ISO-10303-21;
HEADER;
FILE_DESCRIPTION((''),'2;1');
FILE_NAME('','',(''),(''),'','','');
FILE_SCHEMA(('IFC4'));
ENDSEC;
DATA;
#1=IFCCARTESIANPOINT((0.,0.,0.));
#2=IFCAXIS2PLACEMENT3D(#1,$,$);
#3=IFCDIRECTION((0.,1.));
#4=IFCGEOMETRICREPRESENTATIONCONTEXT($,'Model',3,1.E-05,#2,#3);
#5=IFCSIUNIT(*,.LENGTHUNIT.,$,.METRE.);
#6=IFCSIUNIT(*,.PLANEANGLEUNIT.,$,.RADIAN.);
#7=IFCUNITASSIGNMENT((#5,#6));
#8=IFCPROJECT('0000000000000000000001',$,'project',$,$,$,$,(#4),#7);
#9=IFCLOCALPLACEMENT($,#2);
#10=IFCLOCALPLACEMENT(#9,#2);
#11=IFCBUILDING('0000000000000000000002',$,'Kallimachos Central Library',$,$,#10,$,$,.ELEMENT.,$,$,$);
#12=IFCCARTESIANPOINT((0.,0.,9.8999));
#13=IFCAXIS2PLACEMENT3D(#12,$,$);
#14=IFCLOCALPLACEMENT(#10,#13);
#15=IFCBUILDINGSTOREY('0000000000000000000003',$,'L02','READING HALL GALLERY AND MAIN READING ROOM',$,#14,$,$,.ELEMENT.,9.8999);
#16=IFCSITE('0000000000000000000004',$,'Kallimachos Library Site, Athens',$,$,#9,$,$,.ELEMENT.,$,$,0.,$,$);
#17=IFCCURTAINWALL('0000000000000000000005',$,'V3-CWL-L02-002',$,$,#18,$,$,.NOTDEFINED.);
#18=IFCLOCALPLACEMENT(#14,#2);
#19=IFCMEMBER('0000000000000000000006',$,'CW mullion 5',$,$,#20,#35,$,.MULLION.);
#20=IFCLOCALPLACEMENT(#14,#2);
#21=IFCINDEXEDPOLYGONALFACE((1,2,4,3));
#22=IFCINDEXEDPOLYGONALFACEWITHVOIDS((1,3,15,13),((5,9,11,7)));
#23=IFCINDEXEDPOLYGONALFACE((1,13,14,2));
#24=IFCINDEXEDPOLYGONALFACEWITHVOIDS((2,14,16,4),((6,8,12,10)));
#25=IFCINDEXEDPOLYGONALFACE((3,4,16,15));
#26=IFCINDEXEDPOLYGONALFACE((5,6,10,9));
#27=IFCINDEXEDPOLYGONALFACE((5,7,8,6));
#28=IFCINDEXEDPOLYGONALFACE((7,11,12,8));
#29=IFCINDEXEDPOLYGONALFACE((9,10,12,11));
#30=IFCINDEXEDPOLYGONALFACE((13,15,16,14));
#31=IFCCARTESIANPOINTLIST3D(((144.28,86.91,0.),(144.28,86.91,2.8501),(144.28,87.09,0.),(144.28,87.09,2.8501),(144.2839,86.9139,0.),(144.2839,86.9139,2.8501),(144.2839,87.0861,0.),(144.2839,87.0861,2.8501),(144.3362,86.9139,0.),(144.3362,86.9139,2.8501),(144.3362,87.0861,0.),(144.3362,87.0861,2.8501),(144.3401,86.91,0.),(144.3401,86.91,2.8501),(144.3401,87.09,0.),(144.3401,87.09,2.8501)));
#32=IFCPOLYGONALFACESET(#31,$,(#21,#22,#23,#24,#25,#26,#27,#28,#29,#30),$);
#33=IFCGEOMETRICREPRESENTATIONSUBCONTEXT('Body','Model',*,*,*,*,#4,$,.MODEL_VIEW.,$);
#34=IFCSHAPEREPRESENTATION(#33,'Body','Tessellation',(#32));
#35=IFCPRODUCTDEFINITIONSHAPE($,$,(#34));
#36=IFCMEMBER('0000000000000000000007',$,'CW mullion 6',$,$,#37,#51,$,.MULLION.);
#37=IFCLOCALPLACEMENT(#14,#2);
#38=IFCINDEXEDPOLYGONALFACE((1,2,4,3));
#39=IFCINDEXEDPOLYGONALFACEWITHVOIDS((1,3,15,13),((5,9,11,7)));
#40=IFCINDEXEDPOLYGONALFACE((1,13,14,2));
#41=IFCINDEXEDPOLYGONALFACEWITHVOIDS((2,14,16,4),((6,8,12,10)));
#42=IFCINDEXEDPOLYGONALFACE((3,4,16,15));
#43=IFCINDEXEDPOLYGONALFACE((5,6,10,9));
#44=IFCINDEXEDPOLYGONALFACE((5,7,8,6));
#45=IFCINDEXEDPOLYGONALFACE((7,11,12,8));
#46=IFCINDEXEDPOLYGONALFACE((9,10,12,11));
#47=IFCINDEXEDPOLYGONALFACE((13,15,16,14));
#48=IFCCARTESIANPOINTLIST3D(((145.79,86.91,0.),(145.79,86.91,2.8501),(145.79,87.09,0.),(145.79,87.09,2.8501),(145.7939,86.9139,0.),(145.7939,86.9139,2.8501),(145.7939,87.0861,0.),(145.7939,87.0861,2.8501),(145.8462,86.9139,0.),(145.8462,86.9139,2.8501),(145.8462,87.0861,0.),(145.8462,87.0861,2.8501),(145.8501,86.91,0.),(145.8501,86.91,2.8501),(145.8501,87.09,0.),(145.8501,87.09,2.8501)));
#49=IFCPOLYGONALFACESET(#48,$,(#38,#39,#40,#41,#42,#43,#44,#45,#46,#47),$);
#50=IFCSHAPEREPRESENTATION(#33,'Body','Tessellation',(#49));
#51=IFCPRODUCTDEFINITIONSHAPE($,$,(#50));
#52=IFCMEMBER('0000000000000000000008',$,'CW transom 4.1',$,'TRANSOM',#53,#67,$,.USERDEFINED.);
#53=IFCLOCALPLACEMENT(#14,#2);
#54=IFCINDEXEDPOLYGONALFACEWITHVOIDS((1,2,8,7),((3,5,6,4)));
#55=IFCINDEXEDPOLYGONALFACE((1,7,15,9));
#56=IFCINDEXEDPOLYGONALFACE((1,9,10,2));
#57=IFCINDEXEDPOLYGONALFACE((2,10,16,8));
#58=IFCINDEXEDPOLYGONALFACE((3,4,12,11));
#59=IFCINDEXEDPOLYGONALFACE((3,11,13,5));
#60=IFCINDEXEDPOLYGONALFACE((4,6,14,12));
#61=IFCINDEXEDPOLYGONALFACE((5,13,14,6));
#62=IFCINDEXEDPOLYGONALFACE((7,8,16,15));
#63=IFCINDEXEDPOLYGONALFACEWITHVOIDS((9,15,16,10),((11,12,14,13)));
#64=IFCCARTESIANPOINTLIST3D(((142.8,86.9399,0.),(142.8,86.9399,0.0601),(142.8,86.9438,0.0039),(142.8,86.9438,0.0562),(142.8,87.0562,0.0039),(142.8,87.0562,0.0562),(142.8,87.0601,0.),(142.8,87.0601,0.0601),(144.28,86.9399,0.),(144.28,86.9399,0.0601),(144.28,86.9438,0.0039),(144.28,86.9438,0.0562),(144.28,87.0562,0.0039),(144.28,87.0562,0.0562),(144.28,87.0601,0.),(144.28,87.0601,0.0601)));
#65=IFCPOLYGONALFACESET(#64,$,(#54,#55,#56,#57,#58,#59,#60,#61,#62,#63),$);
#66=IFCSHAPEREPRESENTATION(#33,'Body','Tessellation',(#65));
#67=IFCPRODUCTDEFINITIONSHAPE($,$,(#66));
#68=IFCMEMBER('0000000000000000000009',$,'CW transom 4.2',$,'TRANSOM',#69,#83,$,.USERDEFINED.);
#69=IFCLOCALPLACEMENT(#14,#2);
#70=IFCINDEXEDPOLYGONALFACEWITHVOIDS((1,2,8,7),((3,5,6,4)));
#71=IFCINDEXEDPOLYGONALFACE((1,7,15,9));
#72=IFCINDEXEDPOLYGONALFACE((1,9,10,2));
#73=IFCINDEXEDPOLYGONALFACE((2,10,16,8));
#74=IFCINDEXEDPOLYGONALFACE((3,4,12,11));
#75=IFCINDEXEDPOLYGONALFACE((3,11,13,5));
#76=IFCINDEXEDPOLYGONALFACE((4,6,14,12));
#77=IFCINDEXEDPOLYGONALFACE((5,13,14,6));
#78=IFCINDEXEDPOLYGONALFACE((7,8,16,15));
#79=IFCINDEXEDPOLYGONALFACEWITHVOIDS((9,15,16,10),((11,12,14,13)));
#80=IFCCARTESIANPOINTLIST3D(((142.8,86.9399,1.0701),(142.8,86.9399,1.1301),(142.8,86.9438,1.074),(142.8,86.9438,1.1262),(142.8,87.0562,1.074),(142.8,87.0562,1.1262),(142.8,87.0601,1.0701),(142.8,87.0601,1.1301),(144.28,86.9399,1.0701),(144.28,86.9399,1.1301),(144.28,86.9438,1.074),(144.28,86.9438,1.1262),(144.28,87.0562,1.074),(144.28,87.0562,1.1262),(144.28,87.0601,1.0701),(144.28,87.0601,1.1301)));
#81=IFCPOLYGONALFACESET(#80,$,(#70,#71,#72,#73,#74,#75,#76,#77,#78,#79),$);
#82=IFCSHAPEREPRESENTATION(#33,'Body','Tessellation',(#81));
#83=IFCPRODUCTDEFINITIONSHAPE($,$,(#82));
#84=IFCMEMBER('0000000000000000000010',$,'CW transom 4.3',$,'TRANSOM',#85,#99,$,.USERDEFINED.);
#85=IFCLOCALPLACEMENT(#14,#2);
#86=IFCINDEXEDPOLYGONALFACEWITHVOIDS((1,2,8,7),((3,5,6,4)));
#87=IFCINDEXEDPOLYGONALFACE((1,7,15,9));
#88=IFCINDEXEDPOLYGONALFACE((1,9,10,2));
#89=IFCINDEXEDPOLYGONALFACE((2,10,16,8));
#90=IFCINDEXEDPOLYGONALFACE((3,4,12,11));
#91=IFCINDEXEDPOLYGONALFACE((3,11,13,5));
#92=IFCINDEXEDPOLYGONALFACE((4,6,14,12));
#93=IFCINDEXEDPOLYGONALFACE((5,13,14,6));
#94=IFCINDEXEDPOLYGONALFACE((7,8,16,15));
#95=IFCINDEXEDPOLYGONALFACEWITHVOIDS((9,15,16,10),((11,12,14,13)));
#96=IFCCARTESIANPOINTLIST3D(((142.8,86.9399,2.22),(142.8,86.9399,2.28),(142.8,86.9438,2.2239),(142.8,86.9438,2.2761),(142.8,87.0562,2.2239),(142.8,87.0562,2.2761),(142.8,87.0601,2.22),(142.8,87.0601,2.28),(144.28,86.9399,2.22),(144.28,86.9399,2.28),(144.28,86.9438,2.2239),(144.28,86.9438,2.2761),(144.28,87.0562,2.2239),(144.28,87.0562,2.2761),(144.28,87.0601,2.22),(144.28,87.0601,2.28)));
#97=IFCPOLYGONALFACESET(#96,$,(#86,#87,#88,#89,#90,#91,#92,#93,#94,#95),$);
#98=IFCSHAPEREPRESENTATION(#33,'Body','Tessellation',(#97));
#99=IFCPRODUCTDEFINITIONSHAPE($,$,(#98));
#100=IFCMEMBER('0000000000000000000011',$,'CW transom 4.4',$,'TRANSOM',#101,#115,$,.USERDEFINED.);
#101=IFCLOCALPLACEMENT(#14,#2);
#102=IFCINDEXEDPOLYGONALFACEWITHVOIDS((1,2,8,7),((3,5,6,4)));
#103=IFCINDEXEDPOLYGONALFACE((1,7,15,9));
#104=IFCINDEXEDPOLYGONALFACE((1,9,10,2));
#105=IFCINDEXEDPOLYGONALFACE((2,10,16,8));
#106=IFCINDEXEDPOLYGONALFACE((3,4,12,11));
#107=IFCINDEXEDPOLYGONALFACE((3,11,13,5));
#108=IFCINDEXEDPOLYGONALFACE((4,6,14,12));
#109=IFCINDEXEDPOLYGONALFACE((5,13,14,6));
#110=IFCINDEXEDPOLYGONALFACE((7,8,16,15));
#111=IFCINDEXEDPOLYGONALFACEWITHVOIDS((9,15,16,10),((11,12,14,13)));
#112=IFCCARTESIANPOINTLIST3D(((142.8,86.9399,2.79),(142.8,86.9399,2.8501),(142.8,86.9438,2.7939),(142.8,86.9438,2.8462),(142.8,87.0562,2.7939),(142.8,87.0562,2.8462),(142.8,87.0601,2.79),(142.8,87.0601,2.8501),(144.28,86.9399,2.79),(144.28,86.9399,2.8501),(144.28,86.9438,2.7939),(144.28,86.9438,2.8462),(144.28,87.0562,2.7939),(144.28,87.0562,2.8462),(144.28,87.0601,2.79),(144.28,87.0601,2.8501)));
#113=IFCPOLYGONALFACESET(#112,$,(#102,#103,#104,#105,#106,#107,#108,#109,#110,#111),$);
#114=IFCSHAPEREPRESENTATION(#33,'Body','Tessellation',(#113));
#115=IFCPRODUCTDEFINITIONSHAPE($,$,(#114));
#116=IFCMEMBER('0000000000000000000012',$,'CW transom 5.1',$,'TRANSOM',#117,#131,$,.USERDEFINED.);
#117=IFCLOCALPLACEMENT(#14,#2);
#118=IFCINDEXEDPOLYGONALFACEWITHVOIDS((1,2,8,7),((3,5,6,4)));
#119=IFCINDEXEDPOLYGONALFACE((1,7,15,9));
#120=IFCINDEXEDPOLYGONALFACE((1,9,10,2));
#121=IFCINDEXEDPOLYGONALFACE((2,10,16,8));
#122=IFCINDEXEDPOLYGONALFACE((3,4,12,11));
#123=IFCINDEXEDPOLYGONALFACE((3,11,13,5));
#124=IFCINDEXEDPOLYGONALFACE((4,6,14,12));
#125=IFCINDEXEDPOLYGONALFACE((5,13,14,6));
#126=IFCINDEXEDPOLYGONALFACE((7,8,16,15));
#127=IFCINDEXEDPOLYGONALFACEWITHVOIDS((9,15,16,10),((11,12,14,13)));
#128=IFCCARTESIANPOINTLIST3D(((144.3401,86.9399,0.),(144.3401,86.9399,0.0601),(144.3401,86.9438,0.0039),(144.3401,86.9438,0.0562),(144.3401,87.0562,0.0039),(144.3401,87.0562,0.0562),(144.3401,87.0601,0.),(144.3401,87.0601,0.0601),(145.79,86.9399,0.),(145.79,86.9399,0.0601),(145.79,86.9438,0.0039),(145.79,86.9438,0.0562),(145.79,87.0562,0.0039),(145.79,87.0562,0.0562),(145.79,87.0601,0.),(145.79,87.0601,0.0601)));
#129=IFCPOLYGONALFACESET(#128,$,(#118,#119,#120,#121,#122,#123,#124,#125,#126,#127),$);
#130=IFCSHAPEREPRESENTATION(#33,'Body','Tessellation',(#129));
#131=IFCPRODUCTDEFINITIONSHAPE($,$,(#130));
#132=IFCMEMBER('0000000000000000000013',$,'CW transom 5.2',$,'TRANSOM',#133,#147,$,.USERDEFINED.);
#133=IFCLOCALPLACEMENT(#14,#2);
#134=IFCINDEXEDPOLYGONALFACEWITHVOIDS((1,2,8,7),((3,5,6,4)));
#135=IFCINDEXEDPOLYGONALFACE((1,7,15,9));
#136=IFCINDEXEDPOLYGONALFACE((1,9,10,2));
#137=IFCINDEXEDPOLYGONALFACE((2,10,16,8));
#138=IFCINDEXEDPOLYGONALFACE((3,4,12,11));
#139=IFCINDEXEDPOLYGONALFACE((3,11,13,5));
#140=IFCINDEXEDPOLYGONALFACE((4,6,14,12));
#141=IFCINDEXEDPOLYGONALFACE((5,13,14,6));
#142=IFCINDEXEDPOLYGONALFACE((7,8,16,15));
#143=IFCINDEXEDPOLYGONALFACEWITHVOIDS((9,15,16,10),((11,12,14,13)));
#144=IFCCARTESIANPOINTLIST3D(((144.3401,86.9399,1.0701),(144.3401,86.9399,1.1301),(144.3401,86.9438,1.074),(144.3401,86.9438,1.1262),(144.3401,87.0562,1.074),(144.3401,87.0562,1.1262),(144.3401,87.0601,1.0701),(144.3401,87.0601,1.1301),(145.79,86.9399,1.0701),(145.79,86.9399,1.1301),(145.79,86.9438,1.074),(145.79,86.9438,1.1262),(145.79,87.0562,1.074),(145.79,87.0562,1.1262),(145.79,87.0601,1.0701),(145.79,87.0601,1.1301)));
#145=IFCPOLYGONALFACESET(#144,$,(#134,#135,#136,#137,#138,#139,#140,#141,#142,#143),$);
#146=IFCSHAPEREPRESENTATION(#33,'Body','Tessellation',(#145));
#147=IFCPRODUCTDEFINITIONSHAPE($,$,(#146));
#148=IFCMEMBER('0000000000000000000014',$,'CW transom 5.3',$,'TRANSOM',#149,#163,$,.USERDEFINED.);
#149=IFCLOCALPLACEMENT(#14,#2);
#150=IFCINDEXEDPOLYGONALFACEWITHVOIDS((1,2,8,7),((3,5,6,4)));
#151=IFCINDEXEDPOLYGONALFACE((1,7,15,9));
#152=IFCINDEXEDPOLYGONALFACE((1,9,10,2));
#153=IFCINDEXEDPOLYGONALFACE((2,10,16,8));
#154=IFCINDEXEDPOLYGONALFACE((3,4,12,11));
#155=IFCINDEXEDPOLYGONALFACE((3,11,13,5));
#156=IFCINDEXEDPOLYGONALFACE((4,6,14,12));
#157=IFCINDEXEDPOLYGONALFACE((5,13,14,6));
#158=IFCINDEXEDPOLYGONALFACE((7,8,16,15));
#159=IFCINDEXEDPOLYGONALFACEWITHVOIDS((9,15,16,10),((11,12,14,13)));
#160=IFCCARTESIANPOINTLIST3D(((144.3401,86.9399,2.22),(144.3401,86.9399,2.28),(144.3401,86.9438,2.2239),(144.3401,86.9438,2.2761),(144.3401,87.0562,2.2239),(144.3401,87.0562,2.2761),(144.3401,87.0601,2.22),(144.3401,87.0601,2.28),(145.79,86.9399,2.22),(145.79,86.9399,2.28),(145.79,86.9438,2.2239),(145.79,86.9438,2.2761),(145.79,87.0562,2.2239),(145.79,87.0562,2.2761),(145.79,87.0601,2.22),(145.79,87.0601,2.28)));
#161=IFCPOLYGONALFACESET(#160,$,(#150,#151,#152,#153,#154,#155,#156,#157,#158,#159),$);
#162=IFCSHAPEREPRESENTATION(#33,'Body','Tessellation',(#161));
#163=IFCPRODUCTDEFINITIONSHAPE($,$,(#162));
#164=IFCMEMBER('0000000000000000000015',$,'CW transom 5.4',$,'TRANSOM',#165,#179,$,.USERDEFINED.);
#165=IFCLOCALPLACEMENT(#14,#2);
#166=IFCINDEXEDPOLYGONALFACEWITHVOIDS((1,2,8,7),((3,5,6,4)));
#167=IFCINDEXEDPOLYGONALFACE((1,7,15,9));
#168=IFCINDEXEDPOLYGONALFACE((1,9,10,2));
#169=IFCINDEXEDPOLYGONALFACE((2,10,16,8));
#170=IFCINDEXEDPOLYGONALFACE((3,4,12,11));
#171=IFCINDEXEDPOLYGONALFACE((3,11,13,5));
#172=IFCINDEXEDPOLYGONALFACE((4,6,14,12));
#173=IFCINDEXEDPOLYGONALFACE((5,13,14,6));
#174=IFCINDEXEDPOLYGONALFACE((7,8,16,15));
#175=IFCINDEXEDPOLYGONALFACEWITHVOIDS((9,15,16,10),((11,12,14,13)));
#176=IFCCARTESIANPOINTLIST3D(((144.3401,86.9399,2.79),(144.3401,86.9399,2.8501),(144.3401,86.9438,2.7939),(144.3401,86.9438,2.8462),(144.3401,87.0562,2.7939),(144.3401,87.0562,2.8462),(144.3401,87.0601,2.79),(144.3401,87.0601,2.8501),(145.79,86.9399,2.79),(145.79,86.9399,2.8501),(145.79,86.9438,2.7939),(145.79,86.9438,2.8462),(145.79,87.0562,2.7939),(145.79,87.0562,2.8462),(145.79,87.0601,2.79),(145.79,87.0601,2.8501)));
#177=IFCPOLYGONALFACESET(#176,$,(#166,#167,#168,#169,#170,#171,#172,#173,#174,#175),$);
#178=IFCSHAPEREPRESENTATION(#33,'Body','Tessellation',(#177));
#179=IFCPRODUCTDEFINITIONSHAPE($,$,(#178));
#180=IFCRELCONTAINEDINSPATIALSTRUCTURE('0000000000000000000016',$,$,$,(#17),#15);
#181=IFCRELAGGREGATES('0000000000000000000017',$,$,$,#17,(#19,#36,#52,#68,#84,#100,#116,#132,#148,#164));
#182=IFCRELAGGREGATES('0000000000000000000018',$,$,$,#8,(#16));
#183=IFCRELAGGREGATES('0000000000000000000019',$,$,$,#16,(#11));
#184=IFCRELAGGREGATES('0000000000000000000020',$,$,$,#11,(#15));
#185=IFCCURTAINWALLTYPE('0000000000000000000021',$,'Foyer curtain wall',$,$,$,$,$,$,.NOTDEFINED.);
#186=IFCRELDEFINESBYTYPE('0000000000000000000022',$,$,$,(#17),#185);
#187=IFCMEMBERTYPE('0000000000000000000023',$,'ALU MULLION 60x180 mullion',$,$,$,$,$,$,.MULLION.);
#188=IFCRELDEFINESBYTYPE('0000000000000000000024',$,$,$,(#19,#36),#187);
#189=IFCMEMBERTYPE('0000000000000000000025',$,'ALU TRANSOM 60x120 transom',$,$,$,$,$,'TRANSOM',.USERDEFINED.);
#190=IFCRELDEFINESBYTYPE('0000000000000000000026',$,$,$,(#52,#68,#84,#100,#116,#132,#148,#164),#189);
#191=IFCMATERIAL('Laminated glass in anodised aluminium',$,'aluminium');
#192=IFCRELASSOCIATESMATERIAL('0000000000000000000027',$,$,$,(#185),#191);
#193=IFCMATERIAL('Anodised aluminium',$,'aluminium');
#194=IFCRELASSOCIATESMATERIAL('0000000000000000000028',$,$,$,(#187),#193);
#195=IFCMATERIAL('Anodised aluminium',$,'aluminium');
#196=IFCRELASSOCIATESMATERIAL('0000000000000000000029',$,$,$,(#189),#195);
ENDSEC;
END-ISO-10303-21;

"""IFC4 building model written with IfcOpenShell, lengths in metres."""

from ifc_helpers import new_model, si_unit, direction, frame, origin, origin_2d, place, context, subcontext, project, spatial, hollow_rectangle, extrude, material, material_profile, profile_set, type_object, element, aggregate, save


model = new_model("IFC4")

# Units and contexts
model_context = context("Model", 3, precision=1e-05, world=origin(), true_north=direction((0.0, 1.0)))
body_context = subcontext(model_context, "Body", "Model", "MODEL_VIEW")
ifc_project = project(units=[si_unit("LENGTHUNIT", "METRE"), si_unit("PLANEANGLEUNIT", "RADIAN")], contexts=[model_context])

# Site, building, storey
site_placement = place(None, origin())
site = spatial("IfcSite", under=ifc_project, at=site_placement, Name="Kallimachos Library Site, Athens", CompositionType="ELEMENT", RefElevation=0.0)
building_placement = place(site_placement, origin())
building = spatial("IfcBuilding", under=site, at=building_placement, Name="Kallimachos Central Library", CompositionType="ELEMENT")
storey_placement = place(building_placement, frame((0.0, 0.0, 9.8999)))
storey = spatial("IfcBuildingStorey", under=building, at=storey_placement, Name="L02", Description="READING HALL GALLERY AND MAIN READING ROOM", CompositionType="ELEMENT", Elevation=9.8999)

# Curtain wall, members
ifc_material_1 = material(Name="Laminated glass in anodised aluminium", Category="aluminium")
curtain_wall_type = type_object("IfcCurtainWallType", Name="Foyer curtain wall", PredefinedType="NOTDEFINED", material=ifc_material_1)
curtain_wall_placement = place(storey_placement, origin())
curtain_wall = element("IfcCurtainWall", 1, at=curtain_wall_placement, inside=storey, type_object=curtain_wall_type, Name="V3-CWL-L02-002", PredefinedType="NOTDEFINED")
ifc_material_2 = material(Name="Anodised aluminium", Category="aluminium")
ifc_material_profile_1 = material_profile(ifc_material_2, hollow_rectangle(XDim=0.0601, YDim=0.1799, WallThickness=0.0039, at=origin_2d()), Name="ALU MULLION 60x180")
ifc_profile_set_1 = profile_set([ifc_material_profile_1], Name="Anodised aluminium")
member_type_1 = type_object("IfcMemberType", Name="ALU MULLION 60x180 mullion", PredefinedType="MULLION", material=ifc_profile_set_1)
member_1_placement = place(storey_placement, frame((144.3101, 87.0, 0.0), z_axis=(0.0, 0.0, 1.0), x_axis=(1.0, 0.0, 0.0)))
member_1 = element("IfcMember", 2, at=member_1_placement, type_object=member_type_1, Name="CW mullion 5", PredefinedType="MULLION", context=body_context, shape_type="SweptSolid", body=[
    extrude(hollow_rectangle(XDim=0.0601, YDim=0.1799, WallThickness=0.0039, at=origin_2d()), origin(), (0.0, 0.0, 1.0), 2.8501),
])
member_2_placement = place(storey_placement, frame((145.8201, 87.0, 0.0), z_axis=(0.0, 0.0, 1.0), x_axis=(1.0, 0.0, 0.0)))
member_2 = element("IfcMember", 3, at=member_2_placement, type_object=member_type_1, Name="CW mullion 6", PredefinedType="MULLION", context=body_context, shape_type="SweptSolid", body=[
    extrude(hollow_rectangle(XDim=0.0601, YDim=0.1799, WallThickness=0.0039, at=origin_2d()), origin(), (0.0, 0.0, 1.0), 2.8501),
])
ifc_material_3 = material(Name="Anodised aluminium", Category="aluminium")
ifc_material_profile_2 = material_profile(ifc_material_3, hollow_rectangle(XDim=0.0601, YDim=0.1201, WallThickness=0.0039, at=origin_2d()), Name="ALU TRANSOM 60x120")
ifc_profile_set_2 = profile_set([ifc_material_profile_2], Name="Anodised aluminium")
member_type_2 = type_object("IfcMemberType", Name="ALU TRANSOM 60x120 transom", ElementType="TRANSOM", PredefinedType="USERDEFINED", material=ifc_profile_set_2)
member_3_placement = place(storey_placement, frame((142.8, 87.0, 0.03), z_axis=(1.0, 0.0, 0.0), x_axis=(0.0, 0.0, 1.0)))
member_3 = element("IfcMember", 4, at=member_3_placement, type_object=member_type_2, Name="CW transom 4.1", ObjectType="TRANSOM", PredefinedType="USERDEFINED", context=body_context, shape_type="SweptSolid", body=[
    extrude(hollow_rectangle(XDim=0.0601, YDim=0.1201, WallThickness=0.0039, at=origin_2d()), origin(), (0.0, 0.0, 1.0), 1.48),
])
member_4_placement = place(storey_placement, frame((142.8, 87.0, 1.1001), z_axis=(1.0, 0.0, 0.0), x_axis=(0.0, 0.0, 1.0)))
member_4 = element("IfcMember", 5, at=member_4_placement, type_object=member_type_2, Name="CW transom 4.2", ObjectType="TRANSOM", PredefinedType="USERDEFINED", context=body_context, shape_type="SweptSolid", body=[
    extrude(hollow_rectangle(XDim=0.0601, YDim=0.1201, WallThickness=0.0039, at=origin_2d()), origin(), (0.0, 0.0, 1.0), 1.48),
])
member_5_placement = place(storey_placement, frame((142.8, 87.0, 2.25), z_axis=(1.0, 0.0, 0.0), x_axis=(0.0, 0.0, 1.0)))
member_5 = element("IfcMember", 6, at=member_5_placement, type_object=member_type_2, Name="CW transom 4.3", ObjectType="TRANSOM", PredefinedType="USERDEFINED", context=body_context, shape_type="SweptSolid", body=[
    extrude(hollow_rectangle(XDim=0.0601, YDim=0.1201, WallThickness=0.0039, at=origin_2d()), origin(), (0.0, 0.0, 1.0), 1.48),
])
member_6_placement = place(storey_placement, frame((142.8, 87.0, 2.8201), z_axis=(1.0, 0.0, 0.0), x_axis=(0.0, 0.0, 1.0)))
member_6 = element("IfcMember", 7, at=member_6_placement, type_object=member_type_2, Name="CW transom 4.4", ObjectType="TRANSOM", PredefinedType="USERDEFINED", context=body_context, shape_type="SweptSolid", body=[
    extrude(hollow_rectangle(XDim=0.0601, YDim=0.1201, WallThickness=0.0039, at=origin_2d()), origin(), (0.0, 0.0, 1.0), 1.48),
])
member_7_placement = place(storey_placement, frame((144.3401, 87.0, 0.03), z_axis=(1.0, 0.0, 0.0), x_axis=(0.0, 0.0, 1.0)))
member_7 = element("IfcMember", 8, at=member_7_placement, type_object=member_type_2, Name="CW transom 5.1", ObjectType="TRANSOM", PredefinedType="USERDEFINED", context=body_context, shape_type="SweptSolid", body=[
    extrude(hollow_rectangle(XDim=0.0601, YDim=0.1201, WallThickness=0.0039, at=origin_2d()), origin(), (0.0, 0.0, 1.0), 1.45),
])
member_8_placement = place(storey_placement, frame((144.3401, 87.0, 1.1001), z_axis=(1.0, 0.0, 0.0), x_axis=(0.0, 0.0, 1.0)))
member_8 = element("IfcMember", 9, at=member_8_placement, type_object=member_type_2, Name="CW transom 5.2", ObjectType="TRANSOM", PredefinedType="USERDEFINED", context=body_context, shape_type="SweptSolid", body=[
    extrude(hollow_rectangle(XDim=0.0601, YDim=0.1201, WallThickness=0.0039, at=origin_2d()), origin(), (0.0, 0.0, 1.0), 1.45),
])
member_9_placement = place(storey_placement, frame((144.3401, 87.0, 2.25), z_axis=(1.0, 0.0, 0.0), x_axis=(0.0, 0.0, 1.0)))
member_9 = element("IfcMember", 10, at=member_9_placement, type_object=member_type_2, Name="CW transom 5.3", ObjectType="TRANSOM", PredefinedType="USERDEFINED", context=body_context, shape_type="SweptSolid", body=[
    extrude(hollow_rectangle(XDim=0.0601, YDim=0.1201, WallThickness=0.0039, at=origin_2d()), origin(), (0.0, 0.0, 1.0), 1.45),
])
member_10_placement = place(storey_placement, frame((144.3401, 87.0, 2.8201), z_axis=(1.0, 0.0, 0.0), x_axis=(0.0, 0.0, 1.0)))
member_10 = element("IfcMember", 11, at=member_10_placement, type_object=member_type_2, Name="CW transom 5.4", ObjectType="TRANSOM", PredefinedType="USERDEFINED", context=body_context, shape_type="SweptSolid", body=[
    extrude(hollow_rectangle(XDim=0.0601, YDim=0.1201, WallThickness=0.0039, at=origin_2d()), origin(), (0.0, 0.0, 1.0), 1.45),
])

aggregate(curtain_wall, [member_1, member_2, member_3, member_4, member_5, member_6, member_7, member_8, member_9, member_10])

save(model, "model.ifc")
